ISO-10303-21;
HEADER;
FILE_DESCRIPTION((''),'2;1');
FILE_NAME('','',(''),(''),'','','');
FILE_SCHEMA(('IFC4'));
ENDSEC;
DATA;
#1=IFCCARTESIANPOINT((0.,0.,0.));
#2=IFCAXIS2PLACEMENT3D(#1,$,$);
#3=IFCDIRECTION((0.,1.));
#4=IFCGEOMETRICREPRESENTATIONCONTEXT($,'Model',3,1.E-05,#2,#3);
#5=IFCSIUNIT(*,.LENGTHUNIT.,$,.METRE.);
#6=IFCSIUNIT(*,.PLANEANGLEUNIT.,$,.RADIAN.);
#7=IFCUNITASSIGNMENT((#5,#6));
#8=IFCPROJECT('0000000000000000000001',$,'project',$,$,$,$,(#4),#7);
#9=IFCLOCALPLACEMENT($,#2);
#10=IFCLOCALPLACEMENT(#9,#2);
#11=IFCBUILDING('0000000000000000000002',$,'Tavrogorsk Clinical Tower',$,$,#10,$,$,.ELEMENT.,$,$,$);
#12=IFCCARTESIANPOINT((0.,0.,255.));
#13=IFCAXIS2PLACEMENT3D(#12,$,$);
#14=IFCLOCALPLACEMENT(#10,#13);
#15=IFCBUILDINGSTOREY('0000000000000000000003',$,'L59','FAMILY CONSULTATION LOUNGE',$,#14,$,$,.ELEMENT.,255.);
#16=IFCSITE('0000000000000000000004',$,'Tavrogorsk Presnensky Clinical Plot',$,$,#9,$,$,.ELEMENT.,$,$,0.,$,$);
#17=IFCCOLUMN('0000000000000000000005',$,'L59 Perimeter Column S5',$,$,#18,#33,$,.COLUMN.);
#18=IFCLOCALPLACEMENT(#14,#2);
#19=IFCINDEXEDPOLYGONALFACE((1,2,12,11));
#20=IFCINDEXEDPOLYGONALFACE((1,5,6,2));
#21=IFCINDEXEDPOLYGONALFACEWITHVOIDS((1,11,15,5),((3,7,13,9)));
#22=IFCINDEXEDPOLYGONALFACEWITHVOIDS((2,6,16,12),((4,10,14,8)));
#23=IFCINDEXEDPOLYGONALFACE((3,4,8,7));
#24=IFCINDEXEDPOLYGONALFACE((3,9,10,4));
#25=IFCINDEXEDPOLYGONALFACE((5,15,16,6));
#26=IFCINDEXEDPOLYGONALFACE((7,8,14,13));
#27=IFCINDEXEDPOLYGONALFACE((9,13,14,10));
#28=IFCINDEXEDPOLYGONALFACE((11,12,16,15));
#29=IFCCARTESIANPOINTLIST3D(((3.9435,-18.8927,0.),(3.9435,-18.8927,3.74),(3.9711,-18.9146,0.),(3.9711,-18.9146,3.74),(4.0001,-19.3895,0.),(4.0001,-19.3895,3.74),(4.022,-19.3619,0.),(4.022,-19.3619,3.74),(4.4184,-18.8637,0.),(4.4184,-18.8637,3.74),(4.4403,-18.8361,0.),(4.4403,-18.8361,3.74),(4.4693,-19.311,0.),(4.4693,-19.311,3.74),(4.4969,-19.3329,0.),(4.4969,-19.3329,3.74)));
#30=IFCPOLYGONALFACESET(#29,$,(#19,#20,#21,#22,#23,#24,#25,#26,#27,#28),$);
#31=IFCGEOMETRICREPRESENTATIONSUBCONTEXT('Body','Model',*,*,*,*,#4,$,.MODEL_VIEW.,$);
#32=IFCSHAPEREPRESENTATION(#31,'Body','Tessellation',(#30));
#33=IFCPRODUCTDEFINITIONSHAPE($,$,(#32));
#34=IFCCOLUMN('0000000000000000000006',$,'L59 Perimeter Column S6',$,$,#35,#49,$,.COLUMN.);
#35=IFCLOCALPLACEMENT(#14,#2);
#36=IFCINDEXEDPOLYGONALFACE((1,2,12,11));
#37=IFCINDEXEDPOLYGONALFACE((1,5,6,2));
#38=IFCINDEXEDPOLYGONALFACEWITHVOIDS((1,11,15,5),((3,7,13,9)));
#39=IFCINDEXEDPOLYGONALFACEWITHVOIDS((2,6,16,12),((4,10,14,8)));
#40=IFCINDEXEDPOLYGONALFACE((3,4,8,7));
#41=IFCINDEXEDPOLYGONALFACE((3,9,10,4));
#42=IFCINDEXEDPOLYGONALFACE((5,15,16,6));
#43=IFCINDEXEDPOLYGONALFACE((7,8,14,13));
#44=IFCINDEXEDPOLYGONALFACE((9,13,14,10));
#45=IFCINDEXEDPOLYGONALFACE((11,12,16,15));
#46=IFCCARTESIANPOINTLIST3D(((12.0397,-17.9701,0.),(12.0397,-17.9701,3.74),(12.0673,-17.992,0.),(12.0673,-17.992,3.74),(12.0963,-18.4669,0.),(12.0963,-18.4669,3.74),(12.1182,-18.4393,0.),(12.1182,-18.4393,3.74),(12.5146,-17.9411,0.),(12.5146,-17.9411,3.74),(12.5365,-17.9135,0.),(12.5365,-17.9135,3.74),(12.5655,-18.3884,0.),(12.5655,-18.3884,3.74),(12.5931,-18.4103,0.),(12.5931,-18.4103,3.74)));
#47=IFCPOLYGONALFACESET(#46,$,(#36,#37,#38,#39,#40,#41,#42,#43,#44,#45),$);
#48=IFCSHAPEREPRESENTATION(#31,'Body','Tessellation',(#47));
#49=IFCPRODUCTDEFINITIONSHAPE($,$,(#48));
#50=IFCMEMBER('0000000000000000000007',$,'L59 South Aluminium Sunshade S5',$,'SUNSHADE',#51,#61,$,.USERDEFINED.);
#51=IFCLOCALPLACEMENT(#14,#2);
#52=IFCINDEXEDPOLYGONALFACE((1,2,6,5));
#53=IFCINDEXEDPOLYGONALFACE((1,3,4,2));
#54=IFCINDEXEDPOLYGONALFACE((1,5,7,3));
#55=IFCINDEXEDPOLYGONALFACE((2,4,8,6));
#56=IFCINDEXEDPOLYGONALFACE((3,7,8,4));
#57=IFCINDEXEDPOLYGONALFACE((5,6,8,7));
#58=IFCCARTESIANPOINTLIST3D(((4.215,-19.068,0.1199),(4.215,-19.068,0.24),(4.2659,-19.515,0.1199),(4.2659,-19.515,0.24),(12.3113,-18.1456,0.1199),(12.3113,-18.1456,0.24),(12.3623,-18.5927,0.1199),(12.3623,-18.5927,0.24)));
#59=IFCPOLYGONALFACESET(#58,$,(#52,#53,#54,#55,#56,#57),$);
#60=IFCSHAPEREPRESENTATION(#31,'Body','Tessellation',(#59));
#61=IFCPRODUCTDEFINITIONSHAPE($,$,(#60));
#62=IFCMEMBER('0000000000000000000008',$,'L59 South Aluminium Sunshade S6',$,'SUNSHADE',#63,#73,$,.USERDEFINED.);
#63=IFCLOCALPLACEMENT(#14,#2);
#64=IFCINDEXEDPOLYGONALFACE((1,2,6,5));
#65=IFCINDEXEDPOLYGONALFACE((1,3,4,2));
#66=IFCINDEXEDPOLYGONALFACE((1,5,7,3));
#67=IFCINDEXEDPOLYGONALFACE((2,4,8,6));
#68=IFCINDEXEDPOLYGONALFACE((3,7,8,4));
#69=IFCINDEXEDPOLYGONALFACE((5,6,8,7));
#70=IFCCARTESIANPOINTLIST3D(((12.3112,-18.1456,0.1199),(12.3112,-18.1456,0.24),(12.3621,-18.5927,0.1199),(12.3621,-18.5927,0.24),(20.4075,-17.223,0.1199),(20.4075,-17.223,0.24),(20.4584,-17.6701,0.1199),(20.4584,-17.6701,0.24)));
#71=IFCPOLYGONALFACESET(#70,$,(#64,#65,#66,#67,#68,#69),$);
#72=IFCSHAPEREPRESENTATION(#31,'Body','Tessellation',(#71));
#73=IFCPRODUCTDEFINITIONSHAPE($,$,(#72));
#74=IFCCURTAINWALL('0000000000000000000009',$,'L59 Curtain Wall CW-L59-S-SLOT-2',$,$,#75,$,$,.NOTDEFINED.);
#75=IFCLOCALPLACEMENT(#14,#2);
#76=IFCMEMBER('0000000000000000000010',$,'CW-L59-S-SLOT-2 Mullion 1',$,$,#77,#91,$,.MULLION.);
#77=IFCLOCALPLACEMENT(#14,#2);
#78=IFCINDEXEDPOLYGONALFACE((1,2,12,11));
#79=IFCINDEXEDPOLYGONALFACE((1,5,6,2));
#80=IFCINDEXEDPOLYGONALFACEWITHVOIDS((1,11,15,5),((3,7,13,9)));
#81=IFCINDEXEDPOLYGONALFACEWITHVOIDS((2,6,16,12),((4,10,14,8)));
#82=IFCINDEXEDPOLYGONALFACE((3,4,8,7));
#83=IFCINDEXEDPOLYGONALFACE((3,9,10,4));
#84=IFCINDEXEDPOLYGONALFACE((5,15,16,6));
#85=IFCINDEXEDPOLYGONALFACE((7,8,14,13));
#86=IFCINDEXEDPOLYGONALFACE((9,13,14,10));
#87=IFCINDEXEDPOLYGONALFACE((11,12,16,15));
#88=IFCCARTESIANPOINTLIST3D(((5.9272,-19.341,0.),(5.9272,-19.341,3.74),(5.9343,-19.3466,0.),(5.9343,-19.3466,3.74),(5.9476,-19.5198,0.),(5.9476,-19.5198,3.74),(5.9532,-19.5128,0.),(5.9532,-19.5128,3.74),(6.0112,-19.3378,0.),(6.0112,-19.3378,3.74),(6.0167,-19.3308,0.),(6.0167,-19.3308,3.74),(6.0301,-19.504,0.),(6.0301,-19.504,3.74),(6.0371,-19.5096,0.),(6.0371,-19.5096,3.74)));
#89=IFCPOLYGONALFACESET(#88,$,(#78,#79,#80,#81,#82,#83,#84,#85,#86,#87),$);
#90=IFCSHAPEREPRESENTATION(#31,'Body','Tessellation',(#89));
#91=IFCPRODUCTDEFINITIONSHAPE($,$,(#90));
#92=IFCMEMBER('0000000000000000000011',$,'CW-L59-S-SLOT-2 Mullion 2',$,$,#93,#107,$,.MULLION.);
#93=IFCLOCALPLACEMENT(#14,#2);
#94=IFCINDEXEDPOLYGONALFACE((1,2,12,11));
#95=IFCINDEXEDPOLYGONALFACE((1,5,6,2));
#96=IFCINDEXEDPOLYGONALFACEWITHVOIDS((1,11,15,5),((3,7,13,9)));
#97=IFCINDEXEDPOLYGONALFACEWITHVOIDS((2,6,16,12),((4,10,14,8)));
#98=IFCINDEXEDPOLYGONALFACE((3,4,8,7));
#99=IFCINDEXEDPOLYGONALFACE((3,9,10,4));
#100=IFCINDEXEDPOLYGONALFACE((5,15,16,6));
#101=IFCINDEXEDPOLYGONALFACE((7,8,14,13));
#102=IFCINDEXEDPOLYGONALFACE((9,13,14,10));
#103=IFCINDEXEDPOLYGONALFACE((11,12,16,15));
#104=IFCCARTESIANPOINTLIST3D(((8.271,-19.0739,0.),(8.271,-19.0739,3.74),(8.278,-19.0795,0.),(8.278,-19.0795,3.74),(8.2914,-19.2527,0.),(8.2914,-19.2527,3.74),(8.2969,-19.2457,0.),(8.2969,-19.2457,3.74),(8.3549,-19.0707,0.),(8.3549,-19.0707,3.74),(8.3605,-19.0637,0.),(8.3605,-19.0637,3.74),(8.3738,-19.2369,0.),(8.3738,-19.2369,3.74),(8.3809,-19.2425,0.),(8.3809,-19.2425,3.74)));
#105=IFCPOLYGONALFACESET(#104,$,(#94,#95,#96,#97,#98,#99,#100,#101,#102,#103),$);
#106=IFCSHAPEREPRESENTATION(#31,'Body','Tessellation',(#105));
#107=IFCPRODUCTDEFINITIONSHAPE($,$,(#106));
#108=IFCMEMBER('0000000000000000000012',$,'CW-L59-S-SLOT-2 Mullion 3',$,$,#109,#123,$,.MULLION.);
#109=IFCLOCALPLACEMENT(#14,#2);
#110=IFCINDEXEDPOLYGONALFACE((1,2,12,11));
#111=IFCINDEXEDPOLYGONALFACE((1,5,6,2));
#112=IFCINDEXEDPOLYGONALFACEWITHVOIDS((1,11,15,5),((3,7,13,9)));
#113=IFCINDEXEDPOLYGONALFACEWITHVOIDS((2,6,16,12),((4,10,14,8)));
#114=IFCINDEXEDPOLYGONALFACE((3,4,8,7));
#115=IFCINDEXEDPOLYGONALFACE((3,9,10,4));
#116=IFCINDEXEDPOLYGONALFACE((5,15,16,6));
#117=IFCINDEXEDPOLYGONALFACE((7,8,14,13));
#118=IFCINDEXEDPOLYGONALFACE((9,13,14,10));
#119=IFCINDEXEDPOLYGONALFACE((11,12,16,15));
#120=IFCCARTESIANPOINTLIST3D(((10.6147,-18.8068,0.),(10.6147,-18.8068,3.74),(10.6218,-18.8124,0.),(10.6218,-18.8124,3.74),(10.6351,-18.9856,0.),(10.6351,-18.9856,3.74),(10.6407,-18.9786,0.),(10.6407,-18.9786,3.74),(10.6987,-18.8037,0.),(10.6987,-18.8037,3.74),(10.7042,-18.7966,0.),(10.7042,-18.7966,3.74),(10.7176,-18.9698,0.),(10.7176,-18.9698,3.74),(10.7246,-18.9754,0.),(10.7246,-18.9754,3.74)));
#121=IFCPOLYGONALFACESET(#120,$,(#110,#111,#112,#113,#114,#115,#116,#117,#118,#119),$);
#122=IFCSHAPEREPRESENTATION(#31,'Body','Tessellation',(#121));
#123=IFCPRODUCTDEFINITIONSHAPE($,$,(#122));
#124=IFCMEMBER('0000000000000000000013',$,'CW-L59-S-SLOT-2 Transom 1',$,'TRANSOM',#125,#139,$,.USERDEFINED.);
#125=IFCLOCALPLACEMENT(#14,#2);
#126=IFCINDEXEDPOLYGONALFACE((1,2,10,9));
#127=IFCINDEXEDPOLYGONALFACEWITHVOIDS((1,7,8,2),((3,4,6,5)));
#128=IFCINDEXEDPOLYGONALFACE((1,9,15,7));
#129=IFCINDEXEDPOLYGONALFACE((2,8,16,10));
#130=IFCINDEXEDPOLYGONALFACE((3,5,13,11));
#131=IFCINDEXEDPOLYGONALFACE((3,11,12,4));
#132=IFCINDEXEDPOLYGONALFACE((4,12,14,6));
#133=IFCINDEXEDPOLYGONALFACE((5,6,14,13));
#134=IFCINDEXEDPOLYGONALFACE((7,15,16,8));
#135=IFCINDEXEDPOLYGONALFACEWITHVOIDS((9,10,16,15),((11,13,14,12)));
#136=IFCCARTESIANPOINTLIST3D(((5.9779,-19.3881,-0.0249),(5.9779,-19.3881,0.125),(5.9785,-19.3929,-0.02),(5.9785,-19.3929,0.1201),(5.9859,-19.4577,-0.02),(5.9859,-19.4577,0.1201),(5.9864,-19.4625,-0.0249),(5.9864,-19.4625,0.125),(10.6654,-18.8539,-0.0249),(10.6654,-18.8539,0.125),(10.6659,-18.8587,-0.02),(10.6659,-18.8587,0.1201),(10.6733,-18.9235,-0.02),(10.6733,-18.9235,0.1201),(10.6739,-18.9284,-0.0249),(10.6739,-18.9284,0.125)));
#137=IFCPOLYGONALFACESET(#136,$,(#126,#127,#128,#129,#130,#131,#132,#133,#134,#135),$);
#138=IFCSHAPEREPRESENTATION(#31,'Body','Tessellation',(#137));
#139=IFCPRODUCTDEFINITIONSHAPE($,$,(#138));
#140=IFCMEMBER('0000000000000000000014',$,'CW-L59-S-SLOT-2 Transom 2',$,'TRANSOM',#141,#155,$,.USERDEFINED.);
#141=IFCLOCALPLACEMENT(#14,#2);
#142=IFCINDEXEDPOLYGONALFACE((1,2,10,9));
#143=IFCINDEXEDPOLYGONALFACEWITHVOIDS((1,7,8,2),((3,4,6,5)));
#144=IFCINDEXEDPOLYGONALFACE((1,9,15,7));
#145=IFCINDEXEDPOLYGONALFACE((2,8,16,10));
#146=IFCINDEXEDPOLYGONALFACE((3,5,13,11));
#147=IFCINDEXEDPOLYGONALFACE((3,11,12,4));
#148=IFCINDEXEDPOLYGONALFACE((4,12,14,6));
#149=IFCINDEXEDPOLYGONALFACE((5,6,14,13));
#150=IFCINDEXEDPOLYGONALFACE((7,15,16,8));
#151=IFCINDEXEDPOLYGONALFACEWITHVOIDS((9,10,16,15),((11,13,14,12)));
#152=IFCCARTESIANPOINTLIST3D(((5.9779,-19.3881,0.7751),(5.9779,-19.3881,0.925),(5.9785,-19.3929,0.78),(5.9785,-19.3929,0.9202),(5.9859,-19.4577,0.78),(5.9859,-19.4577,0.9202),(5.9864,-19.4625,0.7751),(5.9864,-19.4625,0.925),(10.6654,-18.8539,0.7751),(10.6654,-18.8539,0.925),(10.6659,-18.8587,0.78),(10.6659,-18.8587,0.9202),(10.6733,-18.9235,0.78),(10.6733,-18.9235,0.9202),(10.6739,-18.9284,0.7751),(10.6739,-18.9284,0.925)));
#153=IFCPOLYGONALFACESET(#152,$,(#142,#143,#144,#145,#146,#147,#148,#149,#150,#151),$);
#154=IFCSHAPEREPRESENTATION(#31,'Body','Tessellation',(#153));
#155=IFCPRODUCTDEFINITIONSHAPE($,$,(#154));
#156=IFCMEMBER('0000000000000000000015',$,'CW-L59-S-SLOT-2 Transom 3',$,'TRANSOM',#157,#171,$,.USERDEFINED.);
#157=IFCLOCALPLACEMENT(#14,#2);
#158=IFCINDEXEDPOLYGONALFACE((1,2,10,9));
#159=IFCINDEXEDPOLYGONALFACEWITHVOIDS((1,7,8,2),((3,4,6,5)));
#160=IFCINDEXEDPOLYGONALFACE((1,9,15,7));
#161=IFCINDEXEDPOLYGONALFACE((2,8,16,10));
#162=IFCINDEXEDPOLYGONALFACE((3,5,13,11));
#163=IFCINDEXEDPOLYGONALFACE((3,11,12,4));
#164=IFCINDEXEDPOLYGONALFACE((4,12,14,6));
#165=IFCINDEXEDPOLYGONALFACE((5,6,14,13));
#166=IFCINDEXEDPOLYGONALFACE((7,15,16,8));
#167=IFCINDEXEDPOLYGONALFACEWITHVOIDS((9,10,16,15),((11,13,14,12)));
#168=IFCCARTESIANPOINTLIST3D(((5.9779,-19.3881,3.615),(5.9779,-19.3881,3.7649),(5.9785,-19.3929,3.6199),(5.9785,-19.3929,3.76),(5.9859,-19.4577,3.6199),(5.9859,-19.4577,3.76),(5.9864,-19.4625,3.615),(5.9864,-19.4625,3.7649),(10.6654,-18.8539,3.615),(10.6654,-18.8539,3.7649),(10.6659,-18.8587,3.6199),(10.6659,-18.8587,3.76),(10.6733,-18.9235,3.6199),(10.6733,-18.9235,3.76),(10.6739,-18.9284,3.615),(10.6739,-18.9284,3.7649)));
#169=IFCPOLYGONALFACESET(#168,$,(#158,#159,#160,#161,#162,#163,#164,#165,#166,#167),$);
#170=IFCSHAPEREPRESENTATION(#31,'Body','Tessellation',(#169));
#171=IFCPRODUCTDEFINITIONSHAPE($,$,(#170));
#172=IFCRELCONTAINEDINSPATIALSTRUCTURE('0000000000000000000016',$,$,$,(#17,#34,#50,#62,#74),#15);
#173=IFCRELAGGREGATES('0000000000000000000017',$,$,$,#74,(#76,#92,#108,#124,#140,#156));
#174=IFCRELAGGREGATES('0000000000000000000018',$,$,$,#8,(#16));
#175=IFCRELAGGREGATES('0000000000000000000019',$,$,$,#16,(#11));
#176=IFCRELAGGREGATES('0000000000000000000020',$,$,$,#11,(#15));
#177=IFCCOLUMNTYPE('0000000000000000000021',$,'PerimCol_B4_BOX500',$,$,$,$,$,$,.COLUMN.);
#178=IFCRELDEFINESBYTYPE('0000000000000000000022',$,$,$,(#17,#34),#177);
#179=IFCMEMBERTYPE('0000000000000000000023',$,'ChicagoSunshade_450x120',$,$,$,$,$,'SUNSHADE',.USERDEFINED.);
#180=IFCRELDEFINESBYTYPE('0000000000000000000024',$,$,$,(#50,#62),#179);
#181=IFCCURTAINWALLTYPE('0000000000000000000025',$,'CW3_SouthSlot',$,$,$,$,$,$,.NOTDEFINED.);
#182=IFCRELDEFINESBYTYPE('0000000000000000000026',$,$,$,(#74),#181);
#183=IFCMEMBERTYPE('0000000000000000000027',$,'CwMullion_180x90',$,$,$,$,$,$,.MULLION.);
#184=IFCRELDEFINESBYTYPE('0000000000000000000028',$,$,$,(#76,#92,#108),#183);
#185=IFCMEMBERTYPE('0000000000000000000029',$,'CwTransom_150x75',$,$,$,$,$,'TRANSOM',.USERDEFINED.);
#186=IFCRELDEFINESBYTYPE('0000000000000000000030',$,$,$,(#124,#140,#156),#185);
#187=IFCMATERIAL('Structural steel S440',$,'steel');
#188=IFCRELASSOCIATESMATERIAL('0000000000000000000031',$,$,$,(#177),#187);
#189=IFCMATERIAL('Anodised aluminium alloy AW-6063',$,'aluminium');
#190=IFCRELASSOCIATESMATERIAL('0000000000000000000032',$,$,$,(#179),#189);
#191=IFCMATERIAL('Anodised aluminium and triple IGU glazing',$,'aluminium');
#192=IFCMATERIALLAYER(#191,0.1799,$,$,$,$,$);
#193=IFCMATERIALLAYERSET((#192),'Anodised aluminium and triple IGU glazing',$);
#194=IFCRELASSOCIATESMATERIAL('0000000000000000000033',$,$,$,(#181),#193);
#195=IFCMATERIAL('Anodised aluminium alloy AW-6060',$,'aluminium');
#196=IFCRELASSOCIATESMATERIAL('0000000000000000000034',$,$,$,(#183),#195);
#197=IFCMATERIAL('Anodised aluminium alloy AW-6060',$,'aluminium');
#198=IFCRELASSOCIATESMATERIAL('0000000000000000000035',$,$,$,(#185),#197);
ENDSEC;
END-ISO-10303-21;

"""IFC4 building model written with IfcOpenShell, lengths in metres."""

from ifc_helpers import new_model, si_unit, direction, frame, origin, origin_2d, place, context, subcontext, project, spatial, rectangle, hollow_rectangle, extrude, material, layer, layer_set, material_profile, profile_set, type_object, element, aggregate, save


model = new_model("IFC4")

# Units and contexts
model_context = context("Model", 3, precision=1e-05, world=origin(), true_north=direction((0.0, 1.0)))
body_context = subcontext(model_context, "Body", "Model", "MODEL_VIEW")
ifc_project = project(units=[si_unit("LENGTHUNIT", "METRE"), si_unit("PLANEANGLEUNIT", "RADIAN")], contexts=[model_context])

# Site, building, storey
site_placement = place(None, origin())
site = spatial("IfcSite", under=ifc_project, at=site_placement, Name="Tavrogorsk Presnensky Clinical Plot", CompositionType="ELEMENT", RefElevation=0.0)
building_placement = place(site_placement, origin())
building = spatial("IfcBuilding", under=site, at=building_placement, Name="Tavrogorsk Clinical Tower", CompositionType="ELEMENT")
storey_placement = place(building_placement, frame((0.0, 0.0, 255.0)))
storey = spatial("IfcBuildingStorey", under=building, at=storey_placement, Name="L59", Description="FAMILY CONSULTATION LOUNGE", CompositionType="ELEMENT", Elevation=255.0)

# Columns
ifc_material_1 = material(Name="Structural steel S440", Category="steel")
ifc_material_profile_1 = material_profile(ifc_material_1, hollow_rectangle(XDim=0.5, YDim=0.5, WallThickness=0.0249, at=origin_2d()), Name="BOX-500x500x25")
ifc_profile_set_1 = profile_set([ifc_material_profile_1], Name="Structural steel S440")
column_type = type_object("IfcColumnType", Name="PerimCol_B4_BOX500", PredefinedType="COLUMN", material=ifc_profile_set_1)
for number, where, z_axis, x_axis, name in (
    (1, (4.2202, -19.1128, 0.0), (0.0, 0.0, 1.0), (0.993572, 0.113203, 0.0), "L59 Perimeter Column S5"),
    (2, (12.3164, -18.1902, 0.0), (0.0, 0.0, 1.0), (0.993572, 0.113203, 0.0), "L59 Perimeter Column S6"),
):
    element("IfcColumn", number, at=place(storey_placement, frame(where, z_axis=z_axis, x_axis=x_axis)), inside=storey, type_object=column_type, Name=name, PredefinedType="COLUMN", context=body_context, shape_type="SweptSolid", body=[
        extrude(hollow_rectangle(XDim=0.5, YDim=0.5, WallThickness=0.0249, at=origin_2d()), origin(), (0.0, 0.0, 1.0), 3.74),
    ])

# Members
ifc_material_2 = material(Name="Anodised aluminium alloy AW-6063", Category="aluminium")
ifc_material_profile_2 = material_profile(ifc_material_2, rectangle(XDim=0.45, YDim=0.1201, at=origin_2d()), Name="ALU-SUNSHADE-450x120")
ifc_profile_set_2 = profile_set([ifc_material_profile_2], Name="Anodised aluminium alloy AW-6063")
member_type_1 = type_object("IfcMemberType", Name="ChicagoSunshade_450x120", ElementType="SUNSHADE", PredefinedType="USERDEFINED", material=ifc_profile_set_2)
for number, where, z_axis, x_axis, name in (
    (3, (4.2405, -19.2915, 0.1799), (0.993573, 0.113193, 0.0), (-0.113193, 0.993573, 0.0), "L59 South Aluminium Sunshade S5"),
    (4, (12.3367, -18.3691, 0.1799), (0.99357, 0.113223, 0.0), (-0.113223, 0.99357, 0.0), "L59 South Aluminium Sunshade S6"),
):
    element("IfcMember", number, at=place(storey_placement, frame(where, z_axis=z_axis, x_axis=x_axis)), inside=storey, type_object=member_type_1, Name=name, ObjectType="SUNSHADE", PredefinedType="USERDEFINED", context=body_context, shape_type="SweptSolid", body=[
        extrude(rectangle(XDim=0.45, YDim=0.1201, at=origin_2d()), origin(), (0.0, 0.0, 1.0), 8.1487),
    ])

# Curtain wall, members
ifc_material_3 = material(Name="Anodised aluminium and triple IGU glazing", Category="aluminium")
ifc_layer_1 = layer(ifc_material_3, 0.1799)
ifc_layer_set_1 = layer_set([ifc_layer_1], Name="Anodised aluminium and triple IGU glazing")
curtain_wall_type = type_object("IfcCurtainWallType", Name="CW3_SouthSlot", PredefinedType="NOTDEFINED", material=ifc_layer_set_1)
curtain_wall_placement = place(storey_placement, origin())
curtain_wall = element("IfcCurtainWall", 5, at=curtain_wall_placement, inside=storey, type_object=curtain_wall_type, Name="L59 Curtain Wall CW-L59-S-SLOT-2", PredefinedType="NOTDEFINED")
ifc_material_4 = material(Name="Anodised aluminium alloy AW-6060", Category="aluminium")
ifc_material_profile_3 = material_profile(ifc_material_4, hollow_rectangle(XDim=0.0901, YDim=0.1799, WallThickness=0.0063, at=origin_2d()), Name="RHS-180x90x6.3")
ifc_profile_set_3 = profile_set([ifc_material_profile_3], Name="Anodised aluminium alloy AW-6060")
member_type_2 = type_object("IfcMemberType", Name="CwMullion_180x90", PredefinedType="MULLION", material=ifc_profile_set_3)
member_1_placement = place(storey_placement, frame((5.9822, -19.4253, 0.0), z_axis=(0.0, 0.0, 1.0), x_axis=(0.993572, 0.113203, 0.0)))
member_1 = element("IfcMember", 6, at=member_1_placement, type_object=member_type_2, Name="CW-L59-S-SLOT-2 Mullion 1", PredefinedType="MULLION", context=body_context, shape_type="SweptSolid", body=[
    extrude(hollow_rectangle(XDim=0.0901, YDim=0.1799, WallThickness=0.0063, at=origin_2d()), origin(), (0.0, 0.0, 1.0), 3.74),
])
member_2_placement = place(storey_placement, frame((8.3259, -19.1582, 0.0), z_axis=(0.0, 0.0, 1.0), x_axis=(0.993572, 0.113203, 0.0)))
member_2 = element("IfcMember", 7, at=member_2_placement, type_object=member_type_2, Name="CW-L59-S-SLOT-2 Mullion 2", PredefinedType="MULLION", context=body_context, shape_type="SweptSolid", body=[
    extrude(hollow_rectangle(XDim=0.0901, YDim=0.1799, WallThickness=0.0063, at=origin_2d()), origin(), (0.0, 0.0, 1.0), 3.74),
])
member_3_placement = place(storey_placement, frame((10.6697, -18.8911, 0.0), z_axis=(0.0, 0.0, 1.0), x_axis=(0.993572, 0.113203, 0.0)))
member_3 = element("IfcMember", 8, at=member_3_placement, type_object=member_type_2, Name="CW-L59-S-SLOT-2 Mullion 3", PredefinedType="MULLION", context=body_context, shape_type="SweptSolid", body=[
    extrude(hollow_rectangle(XDim=0.0901, YDim=0.1799, WallThickness=0.0063, at=origin_2d()), origin(), (0.0, 0.0, 1.0), 3.74),
])
ifc_material_5 = material(Name="Anodised aluminium alloy AW-6060", Category="aluminium")
ifc_material_profile_4 = material_profile(ifc_material_5, hollow_rectangle(XDim=0.075, YDim=0.1499, WallThickness=0.0049, at=origin_2d()), Name="RHS-150x75x5")
ifc_profile_set_4 = profile_set([ifc_material_profile_4], Name="Anodised aluminium alloy AW-6060")
member_type_3 = type_object("IfcMemberType", Name="CwTransom_150x75", ElementType="TRANSOM", PredefinedType="USERDEFINED", material=ifc_profile_set_4)
member_4_placement = place(storey_placement, frame((5.9822, -19.4253, 0.05), z_axis=(0.993569, 0.113226, 0.0), x_axis=(-0.113226, 0.993569, 0.0)))
member_4 = element("IfcMember", 9, at=member_4_placement, type_object=member_type_3, Name="CW-L59-S-SLOT-2 Transom 1", ObjectType="TRANSOM", PredefinedType="USERDEFINED", context=body_context, shape_type="SweptSolid", body=[
    extrude(hollow_rectangle(XDim=0.075, YDim=0.1499, WallThickness=0.0049, at=origin_2d()), origin(), (0.0, 0.0, 1.0), 4.7178),
])
member_5_placement = place(storey_placement, frame((5.9822, -19.4253, 0.8501), z_axis=(0.993569, 0.113226, 0.0), x_axis=(-0.113226, 0.993569, 0.0)))
member_5 = element("IfcMember", 10, at=member_5_placement, type_object=member_type_3, Name="CW-L59-S-SLOT-2 Transom 2", ObjectType="TRANSOM", PredefinedType="USERDEFINED", context=body_context, shape_type="SweptSolid", body=[
    extrude(hollow_rectangle(XDim=0.075, YDim=0.1499, WallThickness=0.0049, at=origin_2d()), origin(), (0.0, 0.0, 1.0), 4.7178),
])
member_6_placement = place(storey_placement, frame((5.9822, -19.4253, 3.6899), z_axis=(0.993569, 0.113226, 0.0), x_axis=(-0.113226, 0.993569, 0.0)))
member_6 = element("IfcMember", 11, at=member_6_placement, type_object=member_type_3, Name="CW-L59-S-SLOT-2 Transom 3", ObjectType="TRANSOM", PredefinedType="USERDEFINED", context=body_context, shape_type="SweptSolid", body=[
    extrude(hollow_rectangle(XDim=0.075, YDim=0.1499, WallThickness=0.0049, at=origin_2d()), origin(), (0.0, 0.0, 1.0), 4.7178),
])

aggregate(curtain_wall, [member_1, member_2, member_3, member_4, member_5, member_6])

save(model, "model.ifc")
